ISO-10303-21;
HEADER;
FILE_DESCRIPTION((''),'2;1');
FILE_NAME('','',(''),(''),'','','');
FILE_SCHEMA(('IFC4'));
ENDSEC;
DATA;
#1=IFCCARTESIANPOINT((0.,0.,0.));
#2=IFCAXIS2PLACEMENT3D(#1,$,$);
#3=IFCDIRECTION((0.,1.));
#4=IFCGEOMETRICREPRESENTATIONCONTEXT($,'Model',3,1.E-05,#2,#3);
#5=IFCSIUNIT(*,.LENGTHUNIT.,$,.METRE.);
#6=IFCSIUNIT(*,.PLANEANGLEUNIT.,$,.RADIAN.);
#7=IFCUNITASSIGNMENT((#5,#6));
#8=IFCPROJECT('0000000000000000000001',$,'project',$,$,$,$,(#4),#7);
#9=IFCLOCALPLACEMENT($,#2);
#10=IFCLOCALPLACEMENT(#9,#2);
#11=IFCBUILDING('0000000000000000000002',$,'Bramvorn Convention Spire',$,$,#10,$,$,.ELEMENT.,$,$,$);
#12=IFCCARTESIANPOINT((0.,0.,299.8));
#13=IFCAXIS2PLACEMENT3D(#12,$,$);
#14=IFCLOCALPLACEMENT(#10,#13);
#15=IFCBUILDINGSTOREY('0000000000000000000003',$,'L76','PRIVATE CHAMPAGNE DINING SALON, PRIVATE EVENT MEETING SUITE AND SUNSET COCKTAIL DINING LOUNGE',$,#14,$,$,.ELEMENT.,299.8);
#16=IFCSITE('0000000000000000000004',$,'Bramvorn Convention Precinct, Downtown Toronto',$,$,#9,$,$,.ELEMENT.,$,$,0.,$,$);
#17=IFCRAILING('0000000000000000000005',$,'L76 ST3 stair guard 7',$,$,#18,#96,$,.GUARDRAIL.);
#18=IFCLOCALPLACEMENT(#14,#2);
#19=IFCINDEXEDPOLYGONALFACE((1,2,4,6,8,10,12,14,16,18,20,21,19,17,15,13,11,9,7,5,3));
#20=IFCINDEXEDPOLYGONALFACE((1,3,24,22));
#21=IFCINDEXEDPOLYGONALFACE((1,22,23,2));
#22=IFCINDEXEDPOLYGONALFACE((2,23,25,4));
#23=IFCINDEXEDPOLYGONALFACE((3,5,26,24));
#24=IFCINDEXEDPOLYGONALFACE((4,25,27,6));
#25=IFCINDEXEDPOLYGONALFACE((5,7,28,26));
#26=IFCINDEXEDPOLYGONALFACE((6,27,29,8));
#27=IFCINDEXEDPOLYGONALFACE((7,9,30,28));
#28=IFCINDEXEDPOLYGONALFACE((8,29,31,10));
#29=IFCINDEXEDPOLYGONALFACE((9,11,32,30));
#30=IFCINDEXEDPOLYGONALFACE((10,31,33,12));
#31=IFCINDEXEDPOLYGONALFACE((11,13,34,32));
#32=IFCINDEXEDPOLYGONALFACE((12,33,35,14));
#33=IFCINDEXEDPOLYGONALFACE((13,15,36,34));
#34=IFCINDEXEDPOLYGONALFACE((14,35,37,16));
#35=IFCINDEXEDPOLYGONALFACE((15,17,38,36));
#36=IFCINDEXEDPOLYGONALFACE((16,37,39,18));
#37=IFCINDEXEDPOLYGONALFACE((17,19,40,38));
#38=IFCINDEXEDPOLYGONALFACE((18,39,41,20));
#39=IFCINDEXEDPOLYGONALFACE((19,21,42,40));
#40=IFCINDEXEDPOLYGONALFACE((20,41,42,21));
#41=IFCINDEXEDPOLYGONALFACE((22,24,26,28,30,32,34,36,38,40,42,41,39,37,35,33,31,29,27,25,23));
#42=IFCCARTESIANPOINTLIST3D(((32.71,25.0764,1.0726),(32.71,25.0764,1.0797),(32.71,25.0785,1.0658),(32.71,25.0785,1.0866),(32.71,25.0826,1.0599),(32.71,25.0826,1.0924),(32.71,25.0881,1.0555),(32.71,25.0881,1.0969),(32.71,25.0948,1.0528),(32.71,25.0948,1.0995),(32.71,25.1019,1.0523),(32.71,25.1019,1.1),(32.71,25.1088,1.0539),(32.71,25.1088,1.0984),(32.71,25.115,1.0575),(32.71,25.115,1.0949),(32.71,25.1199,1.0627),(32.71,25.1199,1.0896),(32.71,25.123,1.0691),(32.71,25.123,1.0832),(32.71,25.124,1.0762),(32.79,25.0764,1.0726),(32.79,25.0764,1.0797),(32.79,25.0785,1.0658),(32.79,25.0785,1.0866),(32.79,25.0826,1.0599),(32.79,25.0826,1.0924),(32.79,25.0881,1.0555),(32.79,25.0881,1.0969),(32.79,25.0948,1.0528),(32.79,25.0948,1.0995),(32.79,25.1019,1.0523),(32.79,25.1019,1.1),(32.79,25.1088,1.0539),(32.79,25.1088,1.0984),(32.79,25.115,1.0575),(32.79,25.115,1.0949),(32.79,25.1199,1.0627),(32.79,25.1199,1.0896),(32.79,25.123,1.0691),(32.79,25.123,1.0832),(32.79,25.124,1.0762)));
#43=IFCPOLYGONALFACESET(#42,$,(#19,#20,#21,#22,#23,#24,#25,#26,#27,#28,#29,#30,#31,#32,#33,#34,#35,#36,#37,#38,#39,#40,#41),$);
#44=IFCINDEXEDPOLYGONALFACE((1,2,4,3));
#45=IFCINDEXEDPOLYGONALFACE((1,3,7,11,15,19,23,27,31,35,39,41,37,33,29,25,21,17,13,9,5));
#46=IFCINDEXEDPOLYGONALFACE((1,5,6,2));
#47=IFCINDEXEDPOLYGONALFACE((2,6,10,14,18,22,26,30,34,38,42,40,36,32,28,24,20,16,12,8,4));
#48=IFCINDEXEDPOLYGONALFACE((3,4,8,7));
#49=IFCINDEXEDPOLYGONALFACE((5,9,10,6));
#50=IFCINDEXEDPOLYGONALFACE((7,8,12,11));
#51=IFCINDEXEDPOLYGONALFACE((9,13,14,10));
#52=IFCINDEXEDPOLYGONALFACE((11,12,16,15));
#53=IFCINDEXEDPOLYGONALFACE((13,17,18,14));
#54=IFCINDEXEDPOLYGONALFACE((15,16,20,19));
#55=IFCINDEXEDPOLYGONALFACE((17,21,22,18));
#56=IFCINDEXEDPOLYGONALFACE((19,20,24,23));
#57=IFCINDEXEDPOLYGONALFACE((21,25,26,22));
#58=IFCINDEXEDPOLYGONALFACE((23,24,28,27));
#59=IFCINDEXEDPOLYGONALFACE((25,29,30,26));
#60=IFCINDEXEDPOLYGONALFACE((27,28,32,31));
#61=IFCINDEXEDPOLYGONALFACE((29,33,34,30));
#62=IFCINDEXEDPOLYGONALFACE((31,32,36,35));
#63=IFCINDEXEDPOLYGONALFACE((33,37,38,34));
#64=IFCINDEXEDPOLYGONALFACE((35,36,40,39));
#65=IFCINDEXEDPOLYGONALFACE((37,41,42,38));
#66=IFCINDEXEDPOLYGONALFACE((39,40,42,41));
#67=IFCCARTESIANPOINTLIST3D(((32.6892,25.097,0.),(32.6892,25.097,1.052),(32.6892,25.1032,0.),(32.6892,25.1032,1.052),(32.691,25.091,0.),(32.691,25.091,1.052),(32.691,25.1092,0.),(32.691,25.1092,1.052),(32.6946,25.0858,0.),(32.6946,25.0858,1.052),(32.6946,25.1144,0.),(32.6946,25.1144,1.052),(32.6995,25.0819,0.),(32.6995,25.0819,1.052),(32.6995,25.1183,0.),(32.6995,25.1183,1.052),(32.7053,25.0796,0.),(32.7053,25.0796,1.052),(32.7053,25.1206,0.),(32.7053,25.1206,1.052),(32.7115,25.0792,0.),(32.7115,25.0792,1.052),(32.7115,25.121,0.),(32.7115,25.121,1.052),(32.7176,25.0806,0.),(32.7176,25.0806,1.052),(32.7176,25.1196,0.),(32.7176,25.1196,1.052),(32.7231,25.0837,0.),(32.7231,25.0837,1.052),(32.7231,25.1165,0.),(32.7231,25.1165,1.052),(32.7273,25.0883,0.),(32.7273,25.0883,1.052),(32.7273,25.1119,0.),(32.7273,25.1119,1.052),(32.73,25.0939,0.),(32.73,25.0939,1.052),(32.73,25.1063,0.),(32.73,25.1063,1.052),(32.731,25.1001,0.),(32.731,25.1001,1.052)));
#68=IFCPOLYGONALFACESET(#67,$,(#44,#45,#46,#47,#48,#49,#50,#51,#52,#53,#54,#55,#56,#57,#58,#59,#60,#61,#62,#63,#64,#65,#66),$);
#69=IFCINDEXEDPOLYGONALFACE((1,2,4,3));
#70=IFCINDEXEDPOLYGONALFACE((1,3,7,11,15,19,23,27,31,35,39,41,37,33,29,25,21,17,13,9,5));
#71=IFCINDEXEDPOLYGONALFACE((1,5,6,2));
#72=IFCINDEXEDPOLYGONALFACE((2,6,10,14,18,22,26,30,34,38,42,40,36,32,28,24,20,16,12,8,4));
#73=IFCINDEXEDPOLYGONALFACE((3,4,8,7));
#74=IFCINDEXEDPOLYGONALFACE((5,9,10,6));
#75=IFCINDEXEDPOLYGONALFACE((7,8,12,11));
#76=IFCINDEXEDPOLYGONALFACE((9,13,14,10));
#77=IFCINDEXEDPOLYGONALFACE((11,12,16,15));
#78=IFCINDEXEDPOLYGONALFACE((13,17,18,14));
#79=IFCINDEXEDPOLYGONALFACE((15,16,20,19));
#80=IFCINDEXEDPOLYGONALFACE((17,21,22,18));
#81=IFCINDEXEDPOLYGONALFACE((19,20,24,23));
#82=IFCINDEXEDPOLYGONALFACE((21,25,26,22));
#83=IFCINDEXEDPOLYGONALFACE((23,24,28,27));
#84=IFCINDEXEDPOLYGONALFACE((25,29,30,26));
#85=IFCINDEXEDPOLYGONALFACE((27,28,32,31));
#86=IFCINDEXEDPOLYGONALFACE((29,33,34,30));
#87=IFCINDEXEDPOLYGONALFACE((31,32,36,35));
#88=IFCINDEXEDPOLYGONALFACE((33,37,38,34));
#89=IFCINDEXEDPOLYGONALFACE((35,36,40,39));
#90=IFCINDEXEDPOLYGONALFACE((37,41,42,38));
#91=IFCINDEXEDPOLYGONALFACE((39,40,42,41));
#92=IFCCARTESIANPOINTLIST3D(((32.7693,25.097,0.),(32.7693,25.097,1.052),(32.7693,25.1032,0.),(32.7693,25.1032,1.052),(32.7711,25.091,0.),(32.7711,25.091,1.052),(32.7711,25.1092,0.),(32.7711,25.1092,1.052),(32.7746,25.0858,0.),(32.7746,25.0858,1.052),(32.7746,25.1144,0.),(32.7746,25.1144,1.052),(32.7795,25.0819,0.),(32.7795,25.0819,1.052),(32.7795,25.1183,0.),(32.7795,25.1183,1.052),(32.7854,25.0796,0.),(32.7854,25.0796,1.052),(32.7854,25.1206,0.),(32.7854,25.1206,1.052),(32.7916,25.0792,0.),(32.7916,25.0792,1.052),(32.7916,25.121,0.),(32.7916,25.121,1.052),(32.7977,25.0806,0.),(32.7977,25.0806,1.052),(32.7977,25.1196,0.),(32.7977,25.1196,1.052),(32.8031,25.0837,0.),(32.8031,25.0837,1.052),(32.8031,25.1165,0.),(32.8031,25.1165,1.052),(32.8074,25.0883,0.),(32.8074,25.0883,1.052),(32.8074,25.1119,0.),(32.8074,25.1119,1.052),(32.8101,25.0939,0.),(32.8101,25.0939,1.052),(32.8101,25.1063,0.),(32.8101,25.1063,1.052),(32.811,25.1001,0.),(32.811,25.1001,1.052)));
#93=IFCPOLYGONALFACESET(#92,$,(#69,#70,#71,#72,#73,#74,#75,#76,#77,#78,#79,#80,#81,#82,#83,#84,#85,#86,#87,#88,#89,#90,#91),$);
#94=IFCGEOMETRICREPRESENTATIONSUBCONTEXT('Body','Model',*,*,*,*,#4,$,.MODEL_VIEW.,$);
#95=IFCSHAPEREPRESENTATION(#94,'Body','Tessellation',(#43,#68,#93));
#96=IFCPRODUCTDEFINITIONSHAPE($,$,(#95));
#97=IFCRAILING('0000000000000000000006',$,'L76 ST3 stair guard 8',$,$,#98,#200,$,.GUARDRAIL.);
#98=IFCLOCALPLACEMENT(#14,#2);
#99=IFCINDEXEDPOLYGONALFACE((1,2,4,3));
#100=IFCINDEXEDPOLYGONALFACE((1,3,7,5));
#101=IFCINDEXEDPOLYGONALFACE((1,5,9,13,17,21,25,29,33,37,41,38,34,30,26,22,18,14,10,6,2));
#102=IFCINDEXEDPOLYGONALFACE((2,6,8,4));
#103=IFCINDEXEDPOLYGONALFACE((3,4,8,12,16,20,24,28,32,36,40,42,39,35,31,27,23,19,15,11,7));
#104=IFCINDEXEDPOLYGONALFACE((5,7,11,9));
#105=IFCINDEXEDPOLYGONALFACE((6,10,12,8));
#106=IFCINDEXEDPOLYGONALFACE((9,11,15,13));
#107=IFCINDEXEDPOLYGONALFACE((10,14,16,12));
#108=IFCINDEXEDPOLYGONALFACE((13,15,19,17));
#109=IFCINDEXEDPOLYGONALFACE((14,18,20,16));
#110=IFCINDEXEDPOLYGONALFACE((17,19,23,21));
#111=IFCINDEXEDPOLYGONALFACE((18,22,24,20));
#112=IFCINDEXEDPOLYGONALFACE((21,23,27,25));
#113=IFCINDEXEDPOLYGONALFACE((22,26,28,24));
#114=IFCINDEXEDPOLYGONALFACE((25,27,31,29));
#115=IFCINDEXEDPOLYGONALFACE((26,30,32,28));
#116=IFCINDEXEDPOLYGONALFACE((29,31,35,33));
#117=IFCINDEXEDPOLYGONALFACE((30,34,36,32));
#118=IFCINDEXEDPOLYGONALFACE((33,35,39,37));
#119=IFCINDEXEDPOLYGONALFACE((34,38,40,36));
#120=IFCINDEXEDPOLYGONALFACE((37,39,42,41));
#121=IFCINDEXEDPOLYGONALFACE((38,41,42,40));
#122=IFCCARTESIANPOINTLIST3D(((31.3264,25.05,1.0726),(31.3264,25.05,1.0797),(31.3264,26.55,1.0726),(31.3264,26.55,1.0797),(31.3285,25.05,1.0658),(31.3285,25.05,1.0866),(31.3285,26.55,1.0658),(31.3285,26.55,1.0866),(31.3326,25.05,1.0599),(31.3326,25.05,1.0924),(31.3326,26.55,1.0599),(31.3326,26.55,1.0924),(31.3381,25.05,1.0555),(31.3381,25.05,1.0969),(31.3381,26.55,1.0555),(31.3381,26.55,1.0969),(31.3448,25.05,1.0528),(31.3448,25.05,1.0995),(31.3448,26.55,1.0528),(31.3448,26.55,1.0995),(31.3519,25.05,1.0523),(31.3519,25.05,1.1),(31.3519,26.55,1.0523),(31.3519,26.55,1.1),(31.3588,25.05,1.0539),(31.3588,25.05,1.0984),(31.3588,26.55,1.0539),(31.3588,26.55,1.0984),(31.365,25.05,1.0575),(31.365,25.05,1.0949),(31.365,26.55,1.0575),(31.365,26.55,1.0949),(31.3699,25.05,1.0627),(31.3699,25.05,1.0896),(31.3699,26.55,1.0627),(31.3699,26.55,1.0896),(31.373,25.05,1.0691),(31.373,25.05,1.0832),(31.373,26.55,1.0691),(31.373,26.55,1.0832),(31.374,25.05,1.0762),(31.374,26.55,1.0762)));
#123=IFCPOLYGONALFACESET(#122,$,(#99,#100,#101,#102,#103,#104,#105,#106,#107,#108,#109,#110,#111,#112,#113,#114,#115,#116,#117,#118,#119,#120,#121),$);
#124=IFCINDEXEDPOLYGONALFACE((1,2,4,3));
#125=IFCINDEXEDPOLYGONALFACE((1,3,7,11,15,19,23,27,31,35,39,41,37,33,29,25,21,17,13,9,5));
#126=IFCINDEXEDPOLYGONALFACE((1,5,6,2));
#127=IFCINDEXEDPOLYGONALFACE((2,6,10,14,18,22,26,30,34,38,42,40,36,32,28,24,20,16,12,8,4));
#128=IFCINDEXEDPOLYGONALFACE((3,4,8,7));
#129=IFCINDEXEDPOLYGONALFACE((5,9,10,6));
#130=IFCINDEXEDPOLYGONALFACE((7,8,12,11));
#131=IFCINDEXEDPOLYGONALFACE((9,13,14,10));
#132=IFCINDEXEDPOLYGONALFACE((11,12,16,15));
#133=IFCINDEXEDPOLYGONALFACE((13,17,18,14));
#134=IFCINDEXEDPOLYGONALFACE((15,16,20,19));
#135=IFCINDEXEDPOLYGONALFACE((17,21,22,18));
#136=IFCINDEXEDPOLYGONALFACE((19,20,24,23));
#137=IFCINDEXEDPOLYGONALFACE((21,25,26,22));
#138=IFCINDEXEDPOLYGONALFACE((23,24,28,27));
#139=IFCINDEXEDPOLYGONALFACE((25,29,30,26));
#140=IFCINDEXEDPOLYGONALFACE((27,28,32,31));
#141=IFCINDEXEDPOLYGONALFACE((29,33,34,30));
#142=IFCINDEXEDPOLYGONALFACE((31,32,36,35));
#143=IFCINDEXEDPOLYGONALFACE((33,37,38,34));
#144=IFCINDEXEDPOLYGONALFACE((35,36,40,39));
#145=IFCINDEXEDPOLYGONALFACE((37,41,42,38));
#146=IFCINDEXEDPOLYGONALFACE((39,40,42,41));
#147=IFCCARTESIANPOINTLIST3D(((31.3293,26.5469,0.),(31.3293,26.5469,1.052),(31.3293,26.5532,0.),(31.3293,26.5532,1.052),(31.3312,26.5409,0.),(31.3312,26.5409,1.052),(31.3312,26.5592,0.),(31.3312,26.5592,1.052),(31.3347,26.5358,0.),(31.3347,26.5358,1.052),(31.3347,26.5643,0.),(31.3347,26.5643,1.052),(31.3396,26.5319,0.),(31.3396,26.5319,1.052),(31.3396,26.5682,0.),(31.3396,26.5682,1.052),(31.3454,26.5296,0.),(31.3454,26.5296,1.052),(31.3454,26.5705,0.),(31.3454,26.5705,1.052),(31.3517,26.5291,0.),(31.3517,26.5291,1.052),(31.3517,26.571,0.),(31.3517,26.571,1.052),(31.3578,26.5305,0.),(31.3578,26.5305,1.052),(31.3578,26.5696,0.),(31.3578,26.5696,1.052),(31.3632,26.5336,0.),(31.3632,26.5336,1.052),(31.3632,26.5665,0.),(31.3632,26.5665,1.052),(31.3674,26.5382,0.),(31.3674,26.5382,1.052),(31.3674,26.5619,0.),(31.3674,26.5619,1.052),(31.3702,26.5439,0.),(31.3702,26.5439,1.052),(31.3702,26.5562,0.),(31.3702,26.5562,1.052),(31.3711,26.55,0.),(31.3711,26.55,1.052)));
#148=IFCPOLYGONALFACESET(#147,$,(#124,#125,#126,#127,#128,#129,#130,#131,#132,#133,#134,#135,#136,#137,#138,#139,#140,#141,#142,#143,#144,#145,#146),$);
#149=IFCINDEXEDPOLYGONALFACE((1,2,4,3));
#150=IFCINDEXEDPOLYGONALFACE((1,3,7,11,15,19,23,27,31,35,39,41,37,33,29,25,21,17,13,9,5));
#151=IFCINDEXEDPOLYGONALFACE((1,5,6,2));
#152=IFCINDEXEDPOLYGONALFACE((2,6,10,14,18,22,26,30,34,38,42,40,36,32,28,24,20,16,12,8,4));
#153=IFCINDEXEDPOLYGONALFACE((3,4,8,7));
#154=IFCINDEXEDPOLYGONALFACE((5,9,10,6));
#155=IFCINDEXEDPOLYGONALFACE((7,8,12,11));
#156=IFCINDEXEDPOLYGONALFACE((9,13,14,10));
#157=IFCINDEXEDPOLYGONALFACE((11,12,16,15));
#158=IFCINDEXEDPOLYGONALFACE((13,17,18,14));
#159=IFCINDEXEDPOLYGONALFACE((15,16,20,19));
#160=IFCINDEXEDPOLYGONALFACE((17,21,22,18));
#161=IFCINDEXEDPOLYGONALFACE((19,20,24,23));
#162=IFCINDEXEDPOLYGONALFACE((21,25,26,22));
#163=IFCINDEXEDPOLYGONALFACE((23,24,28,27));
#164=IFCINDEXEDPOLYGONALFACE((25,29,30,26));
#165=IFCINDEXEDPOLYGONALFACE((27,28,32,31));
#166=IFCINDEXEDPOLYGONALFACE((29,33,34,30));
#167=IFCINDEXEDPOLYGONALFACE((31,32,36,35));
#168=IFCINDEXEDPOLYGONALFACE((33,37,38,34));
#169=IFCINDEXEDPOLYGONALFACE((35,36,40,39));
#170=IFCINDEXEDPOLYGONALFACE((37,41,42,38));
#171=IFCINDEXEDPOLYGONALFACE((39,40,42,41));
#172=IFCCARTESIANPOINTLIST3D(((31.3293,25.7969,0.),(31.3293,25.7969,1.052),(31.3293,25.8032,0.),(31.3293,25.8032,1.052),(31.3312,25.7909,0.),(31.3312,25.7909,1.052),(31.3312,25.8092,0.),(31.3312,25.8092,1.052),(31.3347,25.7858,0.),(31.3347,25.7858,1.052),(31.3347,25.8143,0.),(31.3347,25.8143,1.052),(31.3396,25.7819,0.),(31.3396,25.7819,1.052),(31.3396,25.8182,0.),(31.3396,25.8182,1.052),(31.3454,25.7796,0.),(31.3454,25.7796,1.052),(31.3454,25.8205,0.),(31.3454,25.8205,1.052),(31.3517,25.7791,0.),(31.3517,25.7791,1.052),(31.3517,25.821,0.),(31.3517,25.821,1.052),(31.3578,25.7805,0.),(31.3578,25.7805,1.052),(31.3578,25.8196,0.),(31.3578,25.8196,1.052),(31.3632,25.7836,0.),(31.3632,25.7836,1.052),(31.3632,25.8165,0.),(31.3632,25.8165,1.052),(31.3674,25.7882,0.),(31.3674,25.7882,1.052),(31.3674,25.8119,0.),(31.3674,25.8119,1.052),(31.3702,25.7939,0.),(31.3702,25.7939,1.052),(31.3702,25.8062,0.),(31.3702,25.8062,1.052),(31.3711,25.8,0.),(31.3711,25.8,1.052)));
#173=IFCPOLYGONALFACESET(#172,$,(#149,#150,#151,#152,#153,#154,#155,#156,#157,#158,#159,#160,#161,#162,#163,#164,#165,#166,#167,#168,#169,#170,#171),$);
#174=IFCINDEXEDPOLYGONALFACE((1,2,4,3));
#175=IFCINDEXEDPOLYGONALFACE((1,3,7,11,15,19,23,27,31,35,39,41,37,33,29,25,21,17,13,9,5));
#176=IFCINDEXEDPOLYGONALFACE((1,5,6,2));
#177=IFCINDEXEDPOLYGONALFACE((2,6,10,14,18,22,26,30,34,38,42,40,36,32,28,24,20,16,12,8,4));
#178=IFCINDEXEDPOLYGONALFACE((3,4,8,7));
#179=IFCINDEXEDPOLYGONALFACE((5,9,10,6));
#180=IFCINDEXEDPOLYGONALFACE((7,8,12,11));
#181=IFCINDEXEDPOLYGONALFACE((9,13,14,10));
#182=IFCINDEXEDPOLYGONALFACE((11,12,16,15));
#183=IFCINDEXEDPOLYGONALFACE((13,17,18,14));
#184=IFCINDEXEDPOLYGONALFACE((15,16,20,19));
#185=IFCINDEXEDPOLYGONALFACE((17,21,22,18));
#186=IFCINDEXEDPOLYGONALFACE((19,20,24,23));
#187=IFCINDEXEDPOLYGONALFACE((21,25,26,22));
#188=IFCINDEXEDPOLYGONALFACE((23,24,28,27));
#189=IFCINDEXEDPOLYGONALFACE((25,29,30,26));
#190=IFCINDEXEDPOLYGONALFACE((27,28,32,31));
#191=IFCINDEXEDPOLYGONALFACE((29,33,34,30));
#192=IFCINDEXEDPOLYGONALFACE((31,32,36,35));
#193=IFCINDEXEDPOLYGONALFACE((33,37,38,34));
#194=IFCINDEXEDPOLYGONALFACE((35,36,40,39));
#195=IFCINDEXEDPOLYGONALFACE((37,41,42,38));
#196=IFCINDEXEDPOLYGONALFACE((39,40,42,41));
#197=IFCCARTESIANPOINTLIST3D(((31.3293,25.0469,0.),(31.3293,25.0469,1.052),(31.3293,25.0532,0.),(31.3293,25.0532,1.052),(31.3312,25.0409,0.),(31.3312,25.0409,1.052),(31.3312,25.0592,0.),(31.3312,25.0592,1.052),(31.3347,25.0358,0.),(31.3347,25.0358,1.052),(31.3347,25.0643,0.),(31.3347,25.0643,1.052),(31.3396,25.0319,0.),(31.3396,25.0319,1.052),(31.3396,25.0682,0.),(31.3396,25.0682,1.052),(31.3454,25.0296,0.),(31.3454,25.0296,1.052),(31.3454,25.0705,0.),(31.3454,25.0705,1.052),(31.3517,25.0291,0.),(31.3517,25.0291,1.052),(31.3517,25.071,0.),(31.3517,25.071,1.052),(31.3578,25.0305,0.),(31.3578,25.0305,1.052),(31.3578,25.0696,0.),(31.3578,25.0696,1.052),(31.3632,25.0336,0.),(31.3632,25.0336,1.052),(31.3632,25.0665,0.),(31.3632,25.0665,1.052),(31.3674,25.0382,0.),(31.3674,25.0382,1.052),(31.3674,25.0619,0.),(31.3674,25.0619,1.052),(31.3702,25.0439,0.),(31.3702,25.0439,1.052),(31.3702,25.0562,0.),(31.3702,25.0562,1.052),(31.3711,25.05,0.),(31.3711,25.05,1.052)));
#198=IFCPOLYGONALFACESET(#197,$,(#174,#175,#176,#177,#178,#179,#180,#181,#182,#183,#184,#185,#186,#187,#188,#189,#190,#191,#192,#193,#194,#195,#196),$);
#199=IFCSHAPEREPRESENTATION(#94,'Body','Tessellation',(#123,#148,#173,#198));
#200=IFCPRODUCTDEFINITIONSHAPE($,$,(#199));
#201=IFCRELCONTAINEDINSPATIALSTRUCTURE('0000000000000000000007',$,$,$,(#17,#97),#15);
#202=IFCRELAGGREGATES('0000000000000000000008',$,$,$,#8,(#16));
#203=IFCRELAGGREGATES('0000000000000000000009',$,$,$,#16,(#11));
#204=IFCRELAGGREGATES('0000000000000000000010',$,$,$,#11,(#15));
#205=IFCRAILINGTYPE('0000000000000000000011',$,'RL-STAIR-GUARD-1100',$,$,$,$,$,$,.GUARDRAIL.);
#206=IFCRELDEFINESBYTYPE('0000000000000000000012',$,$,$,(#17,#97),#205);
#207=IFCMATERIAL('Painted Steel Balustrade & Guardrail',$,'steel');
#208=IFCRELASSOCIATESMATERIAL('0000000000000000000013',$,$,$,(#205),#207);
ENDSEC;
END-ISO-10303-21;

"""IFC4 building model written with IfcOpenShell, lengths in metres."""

from ifc_helpers import new_model, si_unit, direction, frame, origin, origin_2d, place, context, subcontext, project, spatial, circle, extrude, material, type_object, element, save


model = new_model("IFC4")

# Units and contexts
model_context = context("Model", 3, precision=1e-05, world=origin(), true_north=direction((0.0, 1.0)))
body_context = subcontext(model_context, "Body", "Model", "MODEL_VIEW")
ifc_project = project(units=[si_unit("LENGTHUNIT", "METRE"), si_unit("PLANEANGLEUNIT", "RADIAN")], contexts=[model_context])

# Site, building, storey
site_placement = place(None, origin())
site = spatial("IfcSite", under=ifc_project, at=site_placement, Name="Bramvorn Convention Precinct, Downtown Toronto", CompositionType="ELEMENT", RefElevation=0.0)
building_placement = place(site_placement, origin())
building = spatial("IfcBuilding", under=site, at=building_placement, Name="Bramvorn Convention Spire", CompositionType="ELEMENT")
storey_placement = place(building_placement, frame((0.0, 0.0, 299.8)))
storey = spatial("IfcBuildingStorey", under=building, at=storey_placement, Name="L76", Description="PRIVATE CHAMPAGNE DINING SALON, PRIVATE EVENT MEETING SUITE AND SUNSET COCKTAIL DINING LOUNGE", CompositionType="ELEMENT", Elevation=299.8)

# Railings
ifc_material_1 = material(Name="Painted Steel Balustrade & Guardrail", Category="steel")
railing_type = type_object("IfcRailingType", Name="RL-STAIR-GUARD-1100", PredefinedType="GUARDRAIL", material=ifc_material_1)
railing_1_placement = place(storey_placement, frame((32.71, 25.1001, 0.0)))
element("IfcRailing", 1, at=railing_1_placement, inside=storey, type_object=railing_type, Name="L76 ST3 stair guard 7", PredefinedType="GUARDRAIL", context=body_context, shape_type="SweptSolid", body=[
    extrude(circle(Radius=0.0239, at=origin_2d()), frame((0.0, 0.0, 1.0762), z_axis=(1.0, 0.0, 0.0), x_axis=(0.0, 1.0, 0.0)), (0.0, 0.0, 1.0), 0.0801),
    extrude(circle(Radius=0.021, at=origin_2d()), origin(), (0.0, 0.0, 1.0), 1.052),
    extrude(circle(Radius=0.021, at=origin_2d()), frame((0.0801, 0.0, 0.0)), (0.0, 0.0, 1.0), 1.052),
])
for number, where, name in (
    (2, (31.3501, 26.55, 0.0), "L76 ST3 stair guard 8"),
):
    element("IfcRailing", number, at=place(storey_placement, frame(where)), inside=storey, type_object=railing_type, Name=name, PredefinedType="GUARDRAIL", context=body_context, shape_type="SweptSolid", body=[
        extrude(circle(Radius=0.0239, at=origin_2d()), frame((0.0, 0.0, 1.0762), z_axis=(0.0, -1.0, 0.0), x_axis=(1.0, 0.0, 0.0)), (0.0, 0.0, 1.0), 1.5),
        extrude(circle(Radius=0.021, at=origin_2d()), origin(), (0.0, 0.0, 1.0), 1.052),
        extrude(circle(Radius=0.021, at=origin_2d()), frame((0.0, -0.75, 0.0)), (0.0, 0.0, 1.0), 1.052),
        extrude(circle(Radius=0.021, at=origin_2d()), frame((0.0, -1.5, 0.0)), (0.0, 0.0, 1.0), 1.052),
    ])

save(model, "model.ifc")
